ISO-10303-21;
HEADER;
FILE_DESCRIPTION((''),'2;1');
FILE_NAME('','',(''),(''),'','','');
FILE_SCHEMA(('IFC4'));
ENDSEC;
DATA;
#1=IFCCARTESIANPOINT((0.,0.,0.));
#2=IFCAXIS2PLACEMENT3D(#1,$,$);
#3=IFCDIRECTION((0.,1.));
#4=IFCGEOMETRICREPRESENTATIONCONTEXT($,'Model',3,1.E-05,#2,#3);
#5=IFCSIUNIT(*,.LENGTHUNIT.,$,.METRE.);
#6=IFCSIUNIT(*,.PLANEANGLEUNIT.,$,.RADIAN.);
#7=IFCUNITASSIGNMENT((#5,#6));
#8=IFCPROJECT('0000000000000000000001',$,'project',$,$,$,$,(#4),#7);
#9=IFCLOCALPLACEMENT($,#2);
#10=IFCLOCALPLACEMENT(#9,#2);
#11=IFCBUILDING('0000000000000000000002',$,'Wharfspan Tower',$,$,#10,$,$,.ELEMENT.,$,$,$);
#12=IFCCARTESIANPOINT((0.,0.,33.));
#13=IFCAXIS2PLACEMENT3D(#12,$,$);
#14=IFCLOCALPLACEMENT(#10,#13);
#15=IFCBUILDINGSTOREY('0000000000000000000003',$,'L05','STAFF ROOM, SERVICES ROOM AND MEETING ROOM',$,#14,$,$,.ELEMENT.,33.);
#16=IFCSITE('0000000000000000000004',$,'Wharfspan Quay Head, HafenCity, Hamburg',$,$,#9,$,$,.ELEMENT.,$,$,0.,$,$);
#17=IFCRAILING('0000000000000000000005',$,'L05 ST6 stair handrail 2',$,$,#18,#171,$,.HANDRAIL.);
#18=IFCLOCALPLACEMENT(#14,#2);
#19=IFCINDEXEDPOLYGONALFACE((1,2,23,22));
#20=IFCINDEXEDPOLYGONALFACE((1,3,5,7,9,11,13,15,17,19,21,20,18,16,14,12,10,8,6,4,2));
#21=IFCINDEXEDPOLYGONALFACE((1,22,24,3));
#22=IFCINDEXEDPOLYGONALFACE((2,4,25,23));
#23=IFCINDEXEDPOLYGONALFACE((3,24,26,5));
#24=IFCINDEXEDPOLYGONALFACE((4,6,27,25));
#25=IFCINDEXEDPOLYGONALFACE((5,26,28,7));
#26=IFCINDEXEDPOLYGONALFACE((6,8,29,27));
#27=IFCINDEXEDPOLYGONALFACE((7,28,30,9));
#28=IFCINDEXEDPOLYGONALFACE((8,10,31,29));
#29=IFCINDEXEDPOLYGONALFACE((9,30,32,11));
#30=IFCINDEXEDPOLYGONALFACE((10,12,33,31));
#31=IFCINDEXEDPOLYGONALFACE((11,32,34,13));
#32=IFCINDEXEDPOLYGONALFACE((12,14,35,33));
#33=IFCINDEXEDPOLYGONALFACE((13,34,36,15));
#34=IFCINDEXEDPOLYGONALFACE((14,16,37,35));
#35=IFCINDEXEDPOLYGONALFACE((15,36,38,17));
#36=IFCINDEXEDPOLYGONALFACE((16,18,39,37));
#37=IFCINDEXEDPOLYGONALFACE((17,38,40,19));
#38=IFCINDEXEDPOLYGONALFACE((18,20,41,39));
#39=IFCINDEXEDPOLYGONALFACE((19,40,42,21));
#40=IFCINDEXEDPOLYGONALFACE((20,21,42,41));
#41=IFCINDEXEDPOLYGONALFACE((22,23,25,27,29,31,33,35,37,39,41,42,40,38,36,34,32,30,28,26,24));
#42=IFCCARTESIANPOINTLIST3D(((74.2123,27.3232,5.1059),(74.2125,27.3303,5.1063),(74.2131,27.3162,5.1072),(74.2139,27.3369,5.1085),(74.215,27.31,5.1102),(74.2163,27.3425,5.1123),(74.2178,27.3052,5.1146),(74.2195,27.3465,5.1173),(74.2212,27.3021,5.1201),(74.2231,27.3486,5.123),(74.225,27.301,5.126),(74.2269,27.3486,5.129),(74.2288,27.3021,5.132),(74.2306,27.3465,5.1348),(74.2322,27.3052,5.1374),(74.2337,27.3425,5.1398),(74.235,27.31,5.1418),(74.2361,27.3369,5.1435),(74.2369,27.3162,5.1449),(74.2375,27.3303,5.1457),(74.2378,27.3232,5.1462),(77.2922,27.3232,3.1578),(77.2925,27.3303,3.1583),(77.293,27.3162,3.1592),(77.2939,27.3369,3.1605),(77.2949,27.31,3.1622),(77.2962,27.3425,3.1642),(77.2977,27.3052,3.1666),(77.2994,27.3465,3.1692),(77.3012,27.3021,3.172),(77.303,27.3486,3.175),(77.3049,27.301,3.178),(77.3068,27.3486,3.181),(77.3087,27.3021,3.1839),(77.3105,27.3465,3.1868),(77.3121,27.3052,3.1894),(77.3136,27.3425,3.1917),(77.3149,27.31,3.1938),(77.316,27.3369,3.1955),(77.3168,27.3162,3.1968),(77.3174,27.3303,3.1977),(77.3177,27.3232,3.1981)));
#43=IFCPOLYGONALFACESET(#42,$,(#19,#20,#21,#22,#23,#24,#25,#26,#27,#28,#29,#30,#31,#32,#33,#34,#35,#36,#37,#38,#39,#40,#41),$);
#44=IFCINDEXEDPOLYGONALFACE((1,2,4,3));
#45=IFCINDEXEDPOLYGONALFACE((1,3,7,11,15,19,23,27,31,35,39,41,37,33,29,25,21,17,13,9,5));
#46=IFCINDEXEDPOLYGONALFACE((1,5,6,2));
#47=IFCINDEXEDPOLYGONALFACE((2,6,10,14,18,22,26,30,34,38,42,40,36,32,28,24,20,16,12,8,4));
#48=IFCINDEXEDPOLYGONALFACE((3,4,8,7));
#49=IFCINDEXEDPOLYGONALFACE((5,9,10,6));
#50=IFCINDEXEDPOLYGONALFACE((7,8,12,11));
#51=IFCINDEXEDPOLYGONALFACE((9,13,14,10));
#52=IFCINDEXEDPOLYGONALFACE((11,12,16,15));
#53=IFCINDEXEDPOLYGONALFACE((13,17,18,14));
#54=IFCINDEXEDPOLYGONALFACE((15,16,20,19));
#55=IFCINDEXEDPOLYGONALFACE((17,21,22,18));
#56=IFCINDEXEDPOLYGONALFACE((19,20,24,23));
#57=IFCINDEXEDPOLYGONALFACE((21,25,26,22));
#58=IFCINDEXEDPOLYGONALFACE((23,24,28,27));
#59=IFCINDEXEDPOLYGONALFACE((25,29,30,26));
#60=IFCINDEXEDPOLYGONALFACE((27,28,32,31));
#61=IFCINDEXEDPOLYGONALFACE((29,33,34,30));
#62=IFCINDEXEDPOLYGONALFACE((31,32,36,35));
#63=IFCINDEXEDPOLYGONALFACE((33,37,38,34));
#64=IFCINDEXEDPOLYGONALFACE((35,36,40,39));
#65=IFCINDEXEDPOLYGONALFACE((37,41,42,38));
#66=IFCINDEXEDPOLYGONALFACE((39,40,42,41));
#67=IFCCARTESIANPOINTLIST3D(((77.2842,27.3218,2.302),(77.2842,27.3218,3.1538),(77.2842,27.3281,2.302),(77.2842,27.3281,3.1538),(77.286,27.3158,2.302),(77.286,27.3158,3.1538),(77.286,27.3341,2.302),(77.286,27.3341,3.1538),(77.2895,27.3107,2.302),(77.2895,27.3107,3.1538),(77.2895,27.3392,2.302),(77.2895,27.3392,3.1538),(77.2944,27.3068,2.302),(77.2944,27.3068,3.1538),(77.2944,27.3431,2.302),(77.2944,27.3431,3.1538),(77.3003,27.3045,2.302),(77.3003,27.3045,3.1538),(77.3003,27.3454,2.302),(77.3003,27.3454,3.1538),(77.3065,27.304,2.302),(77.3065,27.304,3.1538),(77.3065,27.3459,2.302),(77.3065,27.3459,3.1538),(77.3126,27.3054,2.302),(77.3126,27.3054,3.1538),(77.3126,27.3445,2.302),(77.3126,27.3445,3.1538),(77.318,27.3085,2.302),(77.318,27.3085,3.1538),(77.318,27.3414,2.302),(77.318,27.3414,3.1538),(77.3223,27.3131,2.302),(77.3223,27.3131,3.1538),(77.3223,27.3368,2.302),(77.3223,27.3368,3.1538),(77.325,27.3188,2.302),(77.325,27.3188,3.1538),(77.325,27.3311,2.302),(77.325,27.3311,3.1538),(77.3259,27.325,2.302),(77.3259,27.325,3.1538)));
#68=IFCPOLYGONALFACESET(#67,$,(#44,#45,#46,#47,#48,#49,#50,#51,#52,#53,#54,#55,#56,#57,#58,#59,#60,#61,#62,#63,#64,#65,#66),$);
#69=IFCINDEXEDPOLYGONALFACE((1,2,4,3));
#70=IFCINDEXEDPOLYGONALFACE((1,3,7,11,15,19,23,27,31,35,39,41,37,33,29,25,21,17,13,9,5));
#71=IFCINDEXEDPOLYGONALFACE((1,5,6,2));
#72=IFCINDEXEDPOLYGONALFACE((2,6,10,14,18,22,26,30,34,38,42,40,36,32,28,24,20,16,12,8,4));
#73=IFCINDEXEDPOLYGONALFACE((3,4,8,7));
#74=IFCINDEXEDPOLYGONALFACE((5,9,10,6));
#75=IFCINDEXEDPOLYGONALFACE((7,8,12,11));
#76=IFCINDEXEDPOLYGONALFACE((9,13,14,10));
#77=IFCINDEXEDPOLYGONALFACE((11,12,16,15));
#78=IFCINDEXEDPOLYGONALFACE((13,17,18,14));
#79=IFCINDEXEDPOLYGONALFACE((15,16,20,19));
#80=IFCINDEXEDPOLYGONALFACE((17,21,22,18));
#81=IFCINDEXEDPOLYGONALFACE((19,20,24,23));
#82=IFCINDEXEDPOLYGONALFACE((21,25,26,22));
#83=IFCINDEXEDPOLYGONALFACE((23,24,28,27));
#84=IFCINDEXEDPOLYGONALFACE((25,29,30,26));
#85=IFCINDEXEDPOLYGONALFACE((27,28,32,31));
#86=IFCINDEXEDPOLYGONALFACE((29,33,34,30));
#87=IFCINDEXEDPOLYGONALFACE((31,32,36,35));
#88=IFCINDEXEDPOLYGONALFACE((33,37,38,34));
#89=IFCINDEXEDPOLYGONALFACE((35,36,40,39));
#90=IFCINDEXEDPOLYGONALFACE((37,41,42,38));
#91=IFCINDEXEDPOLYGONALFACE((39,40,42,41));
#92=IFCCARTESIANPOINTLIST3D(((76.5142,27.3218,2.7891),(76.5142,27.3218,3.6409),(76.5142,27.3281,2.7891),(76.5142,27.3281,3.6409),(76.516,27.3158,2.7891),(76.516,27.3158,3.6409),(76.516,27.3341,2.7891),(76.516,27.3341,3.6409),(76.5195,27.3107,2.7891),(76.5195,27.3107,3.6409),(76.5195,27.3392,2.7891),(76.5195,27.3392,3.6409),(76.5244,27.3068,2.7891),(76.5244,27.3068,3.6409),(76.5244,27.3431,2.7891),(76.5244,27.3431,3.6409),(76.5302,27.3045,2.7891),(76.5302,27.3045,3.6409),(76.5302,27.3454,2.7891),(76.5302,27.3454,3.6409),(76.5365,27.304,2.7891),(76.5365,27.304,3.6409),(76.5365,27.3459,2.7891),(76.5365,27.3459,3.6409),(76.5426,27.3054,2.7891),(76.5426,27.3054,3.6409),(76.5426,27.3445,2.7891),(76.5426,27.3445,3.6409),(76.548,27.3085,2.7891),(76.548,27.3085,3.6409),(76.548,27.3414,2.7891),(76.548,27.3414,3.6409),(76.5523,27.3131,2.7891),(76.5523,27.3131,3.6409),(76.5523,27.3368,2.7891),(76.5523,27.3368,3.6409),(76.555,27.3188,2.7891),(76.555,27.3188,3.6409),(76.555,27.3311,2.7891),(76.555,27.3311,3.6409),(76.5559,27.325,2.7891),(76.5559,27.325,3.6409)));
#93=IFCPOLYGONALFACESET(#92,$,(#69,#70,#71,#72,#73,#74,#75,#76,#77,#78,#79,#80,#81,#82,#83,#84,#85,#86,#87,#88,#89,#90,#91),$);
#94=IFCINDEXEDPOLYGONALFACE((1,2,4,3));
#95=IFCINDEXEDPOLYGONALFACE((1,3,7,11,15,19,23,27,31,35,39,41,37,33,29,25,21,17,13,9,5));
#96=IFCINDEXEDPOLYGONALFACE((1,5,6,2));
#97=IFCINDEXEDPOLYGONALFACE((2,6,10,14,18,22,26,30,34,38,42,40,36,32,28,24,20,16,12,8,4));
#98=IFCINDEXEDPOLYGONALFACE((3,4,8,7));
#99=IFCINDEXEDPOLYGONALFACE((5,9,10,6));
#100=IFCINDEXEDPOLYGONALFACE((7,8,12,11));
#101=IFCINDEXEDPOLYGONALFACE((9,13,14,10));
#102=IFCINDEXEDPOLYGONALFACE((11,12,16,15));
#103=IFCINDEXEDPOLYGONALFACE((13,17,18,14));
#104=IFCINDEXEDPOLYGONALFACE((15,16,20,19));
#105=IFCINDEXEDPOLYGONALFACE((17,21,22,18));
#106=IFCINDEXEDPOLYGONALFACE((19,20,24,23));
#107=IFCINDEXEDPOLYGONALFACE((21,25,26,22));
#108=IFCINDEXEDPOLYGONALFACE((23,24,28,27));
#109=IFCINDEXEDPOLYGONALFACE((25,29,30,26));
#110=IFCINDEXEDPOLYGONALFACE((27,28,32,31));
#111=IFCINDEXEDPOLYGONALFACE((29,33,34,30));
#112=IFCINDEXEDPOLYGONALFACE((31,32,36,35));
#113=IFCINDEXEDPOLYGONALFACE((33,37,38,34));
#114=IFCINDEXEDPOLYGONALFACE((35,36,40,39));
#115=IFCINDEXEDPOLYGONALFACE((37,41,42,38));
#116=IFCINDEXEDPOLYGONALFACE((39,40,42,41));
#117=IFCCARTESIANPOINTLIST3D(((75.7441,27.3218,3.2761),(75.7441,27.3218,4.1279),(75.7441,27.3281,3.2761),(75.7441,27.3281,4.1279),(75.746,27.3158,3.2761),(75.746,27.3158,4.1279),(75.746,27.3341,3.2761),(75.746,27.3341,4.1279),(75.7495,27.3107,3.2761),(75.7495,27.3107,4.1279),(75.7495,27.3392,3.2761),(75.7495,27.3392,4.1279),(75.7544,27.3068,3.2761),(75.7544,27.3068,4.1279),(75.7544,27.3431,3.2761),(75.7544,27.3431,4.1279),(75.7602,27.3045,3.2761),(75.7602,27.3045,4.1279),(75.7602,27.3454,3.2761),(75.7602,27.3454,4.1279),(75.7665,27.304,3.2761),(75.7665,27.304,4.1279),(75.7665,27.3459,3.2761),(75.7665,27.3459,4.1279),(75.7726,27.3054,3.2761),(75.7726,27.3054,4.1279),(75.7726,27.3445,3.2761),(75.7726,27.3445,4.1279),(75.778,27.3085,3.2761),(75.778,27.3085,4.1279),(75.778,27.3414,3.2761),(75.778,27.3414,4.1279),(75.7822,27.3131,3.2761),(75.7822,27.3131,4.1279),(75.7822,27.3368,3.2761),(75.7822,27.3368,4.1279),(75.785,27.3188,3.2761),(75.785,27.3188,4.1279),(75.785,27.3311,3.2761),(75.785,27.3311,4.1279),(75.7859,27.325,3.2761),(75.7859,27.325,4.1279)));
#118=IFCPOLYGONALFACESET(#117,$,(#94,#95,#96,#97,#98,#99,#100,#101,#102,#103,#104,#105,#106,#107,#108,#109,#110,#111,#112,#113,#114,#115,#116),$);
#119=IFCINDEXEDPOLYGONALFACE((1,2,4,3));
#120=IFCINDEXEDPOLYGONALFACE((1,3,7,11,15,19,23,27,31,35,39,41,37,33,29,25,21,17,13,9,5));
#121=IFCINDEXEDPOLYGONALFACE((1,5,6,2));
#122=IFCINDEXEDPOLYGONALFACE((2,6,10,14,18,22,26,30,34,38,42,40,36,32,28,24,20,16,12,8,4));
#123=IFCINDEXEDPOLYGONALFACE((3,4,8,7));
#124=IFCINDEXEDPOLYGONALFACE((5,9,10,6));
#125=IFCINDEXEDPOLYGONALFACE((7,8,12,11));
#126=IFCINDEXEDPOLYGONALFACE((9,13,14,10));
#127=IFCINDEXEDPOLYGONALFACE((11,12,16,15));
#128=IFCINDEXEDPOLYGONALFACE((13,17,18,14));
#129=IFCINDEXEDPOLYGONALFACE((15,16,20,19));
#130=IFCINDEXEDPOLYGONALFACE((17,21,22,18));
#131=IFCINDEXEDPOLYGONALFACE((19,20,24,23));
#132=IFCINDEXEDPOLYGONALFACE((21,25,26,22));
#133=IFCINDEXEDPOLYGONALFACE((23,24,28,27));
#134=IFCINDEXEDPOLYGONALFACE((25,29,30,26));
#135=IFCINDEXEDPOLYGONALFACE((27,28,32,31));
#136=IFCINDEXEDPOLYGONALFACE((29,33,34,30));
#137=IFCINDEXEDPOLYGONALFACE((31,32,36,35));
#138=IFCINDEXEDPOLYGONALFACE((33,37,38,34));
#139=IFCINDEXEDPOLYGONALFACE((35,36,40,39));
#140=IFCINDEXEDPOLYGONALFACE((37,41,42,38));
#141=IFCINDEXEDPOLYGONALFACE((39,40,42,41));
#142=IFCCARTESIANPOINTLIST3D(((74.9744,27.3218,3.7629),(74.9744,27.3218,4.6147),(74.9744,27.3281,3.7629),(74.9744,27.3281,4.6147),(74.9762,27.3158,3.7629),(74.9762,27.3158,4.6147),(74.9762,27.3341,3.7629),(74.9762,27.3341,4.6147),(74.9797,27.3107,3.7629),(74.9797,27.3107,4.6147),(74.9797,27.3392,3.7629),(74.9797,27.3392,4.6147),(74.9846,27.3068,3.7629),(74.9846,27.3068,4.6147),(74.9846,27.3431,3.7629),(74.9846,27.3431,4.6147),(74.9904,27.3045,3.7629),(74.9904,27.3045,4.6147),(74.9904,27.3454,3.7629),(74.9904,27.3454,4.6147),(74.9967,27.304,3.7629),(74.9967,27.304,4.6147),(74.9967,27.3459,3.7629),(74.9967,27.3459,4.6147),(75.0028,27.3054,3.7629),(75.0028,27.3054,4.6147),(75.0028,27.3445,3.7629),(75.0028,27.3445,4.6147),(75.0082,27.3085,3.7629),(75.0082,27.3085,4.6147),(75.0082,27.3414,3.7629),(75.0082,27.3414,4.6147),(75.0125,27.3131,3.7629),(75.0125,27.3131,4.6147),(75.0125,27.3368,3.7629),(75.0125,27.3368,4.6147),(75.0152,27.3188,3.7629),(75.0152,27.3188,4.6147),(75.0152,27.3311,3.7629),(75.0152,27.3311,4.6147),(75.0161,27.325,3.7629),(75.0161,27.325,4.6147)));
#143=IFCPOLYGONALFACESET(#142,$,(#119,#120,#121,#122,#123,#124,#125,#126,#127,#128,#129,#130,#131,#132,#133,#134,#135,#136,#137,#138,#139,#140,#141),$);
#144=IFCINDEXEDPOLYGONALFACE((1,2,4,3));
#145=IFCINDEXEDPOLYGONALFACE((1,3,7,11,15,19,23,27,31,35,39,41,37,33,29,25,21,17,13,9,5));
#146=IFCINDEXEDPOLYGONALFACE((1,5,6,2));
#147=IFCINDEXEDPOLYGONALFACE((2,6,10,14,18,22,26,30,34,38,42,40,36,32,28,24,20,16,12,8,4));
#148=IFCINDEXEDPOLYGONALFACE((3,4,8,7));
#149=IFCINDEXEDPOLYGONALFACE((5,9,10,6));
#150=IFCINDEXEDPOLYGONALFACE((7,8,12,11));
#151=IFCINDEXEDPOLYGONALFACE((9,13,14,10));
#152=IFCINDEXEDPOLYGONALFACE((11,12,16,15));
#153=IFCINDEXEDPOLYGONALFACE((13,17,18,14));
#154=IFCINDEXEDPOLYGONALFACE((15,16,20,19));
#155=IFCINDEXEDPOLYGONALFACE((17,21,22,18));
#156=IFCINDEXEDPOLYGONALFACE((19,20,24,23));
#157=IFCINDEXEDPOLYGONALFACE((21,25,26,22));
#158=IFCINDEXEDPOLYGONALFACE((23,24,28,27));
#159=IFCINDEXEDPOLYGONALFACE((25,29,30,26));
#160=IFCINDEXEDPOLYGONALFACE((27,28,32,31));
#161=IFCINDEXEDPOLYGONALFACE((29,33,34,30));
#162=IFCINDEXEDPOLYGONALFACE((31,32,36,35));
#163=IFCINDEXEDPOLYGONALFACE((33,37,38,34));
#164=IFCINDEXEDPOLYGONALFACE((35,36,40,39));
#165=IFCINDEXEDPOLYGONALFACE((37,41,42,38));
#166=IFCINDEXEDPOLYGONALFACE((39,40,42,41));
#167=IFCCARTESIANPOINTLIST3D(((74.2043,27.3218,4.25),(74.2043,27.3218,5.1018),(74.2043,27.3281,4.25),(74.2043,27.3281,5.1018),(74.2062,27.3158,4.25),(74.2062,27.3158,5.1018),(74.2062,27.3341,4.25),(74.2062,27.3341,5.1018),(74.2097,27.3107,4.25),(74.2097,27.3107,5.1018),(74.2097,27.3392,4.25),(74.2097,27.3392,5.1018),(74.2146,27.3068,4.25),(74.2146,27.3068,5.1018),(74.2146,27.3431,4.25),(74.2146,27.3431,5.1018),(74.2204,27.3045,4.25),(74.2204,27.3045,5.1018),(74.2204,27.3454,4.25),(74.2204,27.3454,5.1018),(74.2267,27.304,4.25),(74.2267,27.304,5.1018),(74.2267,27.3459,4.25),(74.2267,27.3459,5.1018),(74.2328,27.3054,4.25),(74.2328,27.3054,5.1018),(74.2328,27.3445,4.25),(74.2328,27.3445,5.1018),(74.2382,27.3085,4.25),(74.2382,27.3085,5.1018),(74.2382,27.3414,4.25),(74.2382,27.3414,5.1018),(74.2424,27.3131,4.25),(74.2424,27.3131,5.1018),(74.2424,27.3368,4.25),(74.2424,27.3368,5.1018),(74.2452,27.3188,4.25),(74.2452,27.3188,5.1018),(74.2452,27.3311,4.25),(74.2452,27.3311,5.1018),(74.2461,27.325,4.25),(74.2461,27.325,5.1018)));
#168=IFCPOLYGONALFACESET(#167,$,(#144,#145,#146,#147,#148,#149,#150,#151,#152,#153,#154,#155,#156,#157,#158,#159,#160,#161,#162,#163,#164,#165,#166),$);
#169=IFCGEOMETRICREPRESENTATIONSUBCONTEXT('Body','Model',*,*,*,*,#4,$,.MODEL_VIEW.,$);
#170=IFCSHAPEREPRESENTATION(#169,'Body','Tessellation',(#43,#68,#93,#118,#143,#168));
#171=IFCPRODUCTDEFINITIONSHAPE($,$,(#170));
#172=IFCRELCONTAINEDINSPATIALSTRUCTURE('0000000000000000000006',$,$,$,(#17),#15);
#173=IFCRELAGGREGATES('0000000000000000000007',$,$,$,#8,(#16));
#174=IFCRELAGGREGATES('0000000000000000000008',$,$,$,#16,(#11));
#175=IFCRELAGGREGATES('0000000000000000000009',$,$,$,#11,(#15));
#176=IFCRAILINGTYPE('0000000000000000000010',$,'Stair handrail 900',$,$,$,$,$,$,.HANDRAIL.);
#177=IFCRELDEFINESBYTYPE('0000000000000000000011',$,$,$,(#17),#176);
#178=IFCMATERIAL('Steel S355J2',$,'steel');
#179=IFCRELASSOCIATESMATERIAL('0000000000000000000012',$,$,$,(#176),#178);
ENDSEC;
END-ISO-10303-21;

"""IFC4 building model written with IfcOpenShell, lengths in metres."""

from ifc_helpers import new_model, si_unit, direction, frame, origin, origin_2d, place, context, subcontext, project, spatial, circle, extrude, material, type_object, element, save


model = new_model("IFC4")

# Units and contexts
model_context = context("Model", 3, precision=1e-05, world=origin(), true_north=direction((0.0, 1.0)))
body_context = subcontext(model_context, "Body", "Model", "MODEL_VIEW")
ifc_project = project(units=[si_unit("LENGTHUNIT", "METRE"), si_unit("PLANEANGLEUNIT", "RADIAN")], contexts=[model_context])

# Site, building, storey
site_placement = place(None, origin())
site = spatial("IfcSite", under=ifc_project, at=site_placement, Name="Wharfspan Quay Head, HafenCity, Hamburg", CompositionType="ELEMENT", RefElevation=0.0)
building_placement = place(site_placement, origin())
building = spatial("IfcBuilding", under=site, at=building_placement, Name="Wharfspan Tower", CompositionType="ELEMENT")
storey_placement = place(building_placement, frame((0.0, 0.0, 33.0)))
storey = spatial("IfcBuildingStorey", under=building, at=storey_placement, Name="L05", Description="STAFF ROOM, SERVICES ROOM AND MEETING ROOM", CompositionType="ELEMENT", Elevation=33.0)

# Railing
ifc_material_1 = material(Name="Steel S355J2", Category="steel")
railing_type_1 = type_object("IfcRailingType", Name="Stair handrail 900", PredefinedType="HANDRAIL", material=ifc_material_1)
for number, where, name in (
    (1, (77.3049, 27.325, 2.302), "L05 ST6 stair handrail 2"),
):
    element("IfcRailing", number, at=place(storey_placement, frame(where)), inside=storey, type_object=railing_type_1, Name=name, PredefinedType="HANDRAIL", context=body_context, shape_type="SweptSolid", body=[
        extrude(circle(Radius=0.0239, at=origin_2d()), frame((0.0, 0.0, 0.876), z_axis=(-0.845137, 0.0, 0.53455), x_axis=(0.0, -1.0, 0.0)), (0.0, 0.0, 1.0), 3.6443),
        extrude(circle(Radius=0.021, at=origin_2d()), origin(), (0.0, 0.0, 1.0), 0.8518),
        extrude(circle(Radius=0.021, at=origin_2d()), frame((-0.77, 0.0, 0.4871)), (0.0, 0.0, 1.0), 0.8518),
        extrude(circle(Radius=0.021, at=origin_2d()), frame((-1.54, 0.0, 0.9741)), (0.0, 0.0, 1.0), 0.8518),
        extrude(circle(Radius=0.021, at=origin_2d()), frame((-2.3098, 0.0, 1.4609)), (0.0, 0.0, 1.0), 0.8518),
        extrude(circle(Radius=0.021, at=origin_2d()), frame((-3.0798, 0.0, 1.948)), (0.0, 0.0, 1.0), 0.8518),
    ])

save(model, "model.ifc")
